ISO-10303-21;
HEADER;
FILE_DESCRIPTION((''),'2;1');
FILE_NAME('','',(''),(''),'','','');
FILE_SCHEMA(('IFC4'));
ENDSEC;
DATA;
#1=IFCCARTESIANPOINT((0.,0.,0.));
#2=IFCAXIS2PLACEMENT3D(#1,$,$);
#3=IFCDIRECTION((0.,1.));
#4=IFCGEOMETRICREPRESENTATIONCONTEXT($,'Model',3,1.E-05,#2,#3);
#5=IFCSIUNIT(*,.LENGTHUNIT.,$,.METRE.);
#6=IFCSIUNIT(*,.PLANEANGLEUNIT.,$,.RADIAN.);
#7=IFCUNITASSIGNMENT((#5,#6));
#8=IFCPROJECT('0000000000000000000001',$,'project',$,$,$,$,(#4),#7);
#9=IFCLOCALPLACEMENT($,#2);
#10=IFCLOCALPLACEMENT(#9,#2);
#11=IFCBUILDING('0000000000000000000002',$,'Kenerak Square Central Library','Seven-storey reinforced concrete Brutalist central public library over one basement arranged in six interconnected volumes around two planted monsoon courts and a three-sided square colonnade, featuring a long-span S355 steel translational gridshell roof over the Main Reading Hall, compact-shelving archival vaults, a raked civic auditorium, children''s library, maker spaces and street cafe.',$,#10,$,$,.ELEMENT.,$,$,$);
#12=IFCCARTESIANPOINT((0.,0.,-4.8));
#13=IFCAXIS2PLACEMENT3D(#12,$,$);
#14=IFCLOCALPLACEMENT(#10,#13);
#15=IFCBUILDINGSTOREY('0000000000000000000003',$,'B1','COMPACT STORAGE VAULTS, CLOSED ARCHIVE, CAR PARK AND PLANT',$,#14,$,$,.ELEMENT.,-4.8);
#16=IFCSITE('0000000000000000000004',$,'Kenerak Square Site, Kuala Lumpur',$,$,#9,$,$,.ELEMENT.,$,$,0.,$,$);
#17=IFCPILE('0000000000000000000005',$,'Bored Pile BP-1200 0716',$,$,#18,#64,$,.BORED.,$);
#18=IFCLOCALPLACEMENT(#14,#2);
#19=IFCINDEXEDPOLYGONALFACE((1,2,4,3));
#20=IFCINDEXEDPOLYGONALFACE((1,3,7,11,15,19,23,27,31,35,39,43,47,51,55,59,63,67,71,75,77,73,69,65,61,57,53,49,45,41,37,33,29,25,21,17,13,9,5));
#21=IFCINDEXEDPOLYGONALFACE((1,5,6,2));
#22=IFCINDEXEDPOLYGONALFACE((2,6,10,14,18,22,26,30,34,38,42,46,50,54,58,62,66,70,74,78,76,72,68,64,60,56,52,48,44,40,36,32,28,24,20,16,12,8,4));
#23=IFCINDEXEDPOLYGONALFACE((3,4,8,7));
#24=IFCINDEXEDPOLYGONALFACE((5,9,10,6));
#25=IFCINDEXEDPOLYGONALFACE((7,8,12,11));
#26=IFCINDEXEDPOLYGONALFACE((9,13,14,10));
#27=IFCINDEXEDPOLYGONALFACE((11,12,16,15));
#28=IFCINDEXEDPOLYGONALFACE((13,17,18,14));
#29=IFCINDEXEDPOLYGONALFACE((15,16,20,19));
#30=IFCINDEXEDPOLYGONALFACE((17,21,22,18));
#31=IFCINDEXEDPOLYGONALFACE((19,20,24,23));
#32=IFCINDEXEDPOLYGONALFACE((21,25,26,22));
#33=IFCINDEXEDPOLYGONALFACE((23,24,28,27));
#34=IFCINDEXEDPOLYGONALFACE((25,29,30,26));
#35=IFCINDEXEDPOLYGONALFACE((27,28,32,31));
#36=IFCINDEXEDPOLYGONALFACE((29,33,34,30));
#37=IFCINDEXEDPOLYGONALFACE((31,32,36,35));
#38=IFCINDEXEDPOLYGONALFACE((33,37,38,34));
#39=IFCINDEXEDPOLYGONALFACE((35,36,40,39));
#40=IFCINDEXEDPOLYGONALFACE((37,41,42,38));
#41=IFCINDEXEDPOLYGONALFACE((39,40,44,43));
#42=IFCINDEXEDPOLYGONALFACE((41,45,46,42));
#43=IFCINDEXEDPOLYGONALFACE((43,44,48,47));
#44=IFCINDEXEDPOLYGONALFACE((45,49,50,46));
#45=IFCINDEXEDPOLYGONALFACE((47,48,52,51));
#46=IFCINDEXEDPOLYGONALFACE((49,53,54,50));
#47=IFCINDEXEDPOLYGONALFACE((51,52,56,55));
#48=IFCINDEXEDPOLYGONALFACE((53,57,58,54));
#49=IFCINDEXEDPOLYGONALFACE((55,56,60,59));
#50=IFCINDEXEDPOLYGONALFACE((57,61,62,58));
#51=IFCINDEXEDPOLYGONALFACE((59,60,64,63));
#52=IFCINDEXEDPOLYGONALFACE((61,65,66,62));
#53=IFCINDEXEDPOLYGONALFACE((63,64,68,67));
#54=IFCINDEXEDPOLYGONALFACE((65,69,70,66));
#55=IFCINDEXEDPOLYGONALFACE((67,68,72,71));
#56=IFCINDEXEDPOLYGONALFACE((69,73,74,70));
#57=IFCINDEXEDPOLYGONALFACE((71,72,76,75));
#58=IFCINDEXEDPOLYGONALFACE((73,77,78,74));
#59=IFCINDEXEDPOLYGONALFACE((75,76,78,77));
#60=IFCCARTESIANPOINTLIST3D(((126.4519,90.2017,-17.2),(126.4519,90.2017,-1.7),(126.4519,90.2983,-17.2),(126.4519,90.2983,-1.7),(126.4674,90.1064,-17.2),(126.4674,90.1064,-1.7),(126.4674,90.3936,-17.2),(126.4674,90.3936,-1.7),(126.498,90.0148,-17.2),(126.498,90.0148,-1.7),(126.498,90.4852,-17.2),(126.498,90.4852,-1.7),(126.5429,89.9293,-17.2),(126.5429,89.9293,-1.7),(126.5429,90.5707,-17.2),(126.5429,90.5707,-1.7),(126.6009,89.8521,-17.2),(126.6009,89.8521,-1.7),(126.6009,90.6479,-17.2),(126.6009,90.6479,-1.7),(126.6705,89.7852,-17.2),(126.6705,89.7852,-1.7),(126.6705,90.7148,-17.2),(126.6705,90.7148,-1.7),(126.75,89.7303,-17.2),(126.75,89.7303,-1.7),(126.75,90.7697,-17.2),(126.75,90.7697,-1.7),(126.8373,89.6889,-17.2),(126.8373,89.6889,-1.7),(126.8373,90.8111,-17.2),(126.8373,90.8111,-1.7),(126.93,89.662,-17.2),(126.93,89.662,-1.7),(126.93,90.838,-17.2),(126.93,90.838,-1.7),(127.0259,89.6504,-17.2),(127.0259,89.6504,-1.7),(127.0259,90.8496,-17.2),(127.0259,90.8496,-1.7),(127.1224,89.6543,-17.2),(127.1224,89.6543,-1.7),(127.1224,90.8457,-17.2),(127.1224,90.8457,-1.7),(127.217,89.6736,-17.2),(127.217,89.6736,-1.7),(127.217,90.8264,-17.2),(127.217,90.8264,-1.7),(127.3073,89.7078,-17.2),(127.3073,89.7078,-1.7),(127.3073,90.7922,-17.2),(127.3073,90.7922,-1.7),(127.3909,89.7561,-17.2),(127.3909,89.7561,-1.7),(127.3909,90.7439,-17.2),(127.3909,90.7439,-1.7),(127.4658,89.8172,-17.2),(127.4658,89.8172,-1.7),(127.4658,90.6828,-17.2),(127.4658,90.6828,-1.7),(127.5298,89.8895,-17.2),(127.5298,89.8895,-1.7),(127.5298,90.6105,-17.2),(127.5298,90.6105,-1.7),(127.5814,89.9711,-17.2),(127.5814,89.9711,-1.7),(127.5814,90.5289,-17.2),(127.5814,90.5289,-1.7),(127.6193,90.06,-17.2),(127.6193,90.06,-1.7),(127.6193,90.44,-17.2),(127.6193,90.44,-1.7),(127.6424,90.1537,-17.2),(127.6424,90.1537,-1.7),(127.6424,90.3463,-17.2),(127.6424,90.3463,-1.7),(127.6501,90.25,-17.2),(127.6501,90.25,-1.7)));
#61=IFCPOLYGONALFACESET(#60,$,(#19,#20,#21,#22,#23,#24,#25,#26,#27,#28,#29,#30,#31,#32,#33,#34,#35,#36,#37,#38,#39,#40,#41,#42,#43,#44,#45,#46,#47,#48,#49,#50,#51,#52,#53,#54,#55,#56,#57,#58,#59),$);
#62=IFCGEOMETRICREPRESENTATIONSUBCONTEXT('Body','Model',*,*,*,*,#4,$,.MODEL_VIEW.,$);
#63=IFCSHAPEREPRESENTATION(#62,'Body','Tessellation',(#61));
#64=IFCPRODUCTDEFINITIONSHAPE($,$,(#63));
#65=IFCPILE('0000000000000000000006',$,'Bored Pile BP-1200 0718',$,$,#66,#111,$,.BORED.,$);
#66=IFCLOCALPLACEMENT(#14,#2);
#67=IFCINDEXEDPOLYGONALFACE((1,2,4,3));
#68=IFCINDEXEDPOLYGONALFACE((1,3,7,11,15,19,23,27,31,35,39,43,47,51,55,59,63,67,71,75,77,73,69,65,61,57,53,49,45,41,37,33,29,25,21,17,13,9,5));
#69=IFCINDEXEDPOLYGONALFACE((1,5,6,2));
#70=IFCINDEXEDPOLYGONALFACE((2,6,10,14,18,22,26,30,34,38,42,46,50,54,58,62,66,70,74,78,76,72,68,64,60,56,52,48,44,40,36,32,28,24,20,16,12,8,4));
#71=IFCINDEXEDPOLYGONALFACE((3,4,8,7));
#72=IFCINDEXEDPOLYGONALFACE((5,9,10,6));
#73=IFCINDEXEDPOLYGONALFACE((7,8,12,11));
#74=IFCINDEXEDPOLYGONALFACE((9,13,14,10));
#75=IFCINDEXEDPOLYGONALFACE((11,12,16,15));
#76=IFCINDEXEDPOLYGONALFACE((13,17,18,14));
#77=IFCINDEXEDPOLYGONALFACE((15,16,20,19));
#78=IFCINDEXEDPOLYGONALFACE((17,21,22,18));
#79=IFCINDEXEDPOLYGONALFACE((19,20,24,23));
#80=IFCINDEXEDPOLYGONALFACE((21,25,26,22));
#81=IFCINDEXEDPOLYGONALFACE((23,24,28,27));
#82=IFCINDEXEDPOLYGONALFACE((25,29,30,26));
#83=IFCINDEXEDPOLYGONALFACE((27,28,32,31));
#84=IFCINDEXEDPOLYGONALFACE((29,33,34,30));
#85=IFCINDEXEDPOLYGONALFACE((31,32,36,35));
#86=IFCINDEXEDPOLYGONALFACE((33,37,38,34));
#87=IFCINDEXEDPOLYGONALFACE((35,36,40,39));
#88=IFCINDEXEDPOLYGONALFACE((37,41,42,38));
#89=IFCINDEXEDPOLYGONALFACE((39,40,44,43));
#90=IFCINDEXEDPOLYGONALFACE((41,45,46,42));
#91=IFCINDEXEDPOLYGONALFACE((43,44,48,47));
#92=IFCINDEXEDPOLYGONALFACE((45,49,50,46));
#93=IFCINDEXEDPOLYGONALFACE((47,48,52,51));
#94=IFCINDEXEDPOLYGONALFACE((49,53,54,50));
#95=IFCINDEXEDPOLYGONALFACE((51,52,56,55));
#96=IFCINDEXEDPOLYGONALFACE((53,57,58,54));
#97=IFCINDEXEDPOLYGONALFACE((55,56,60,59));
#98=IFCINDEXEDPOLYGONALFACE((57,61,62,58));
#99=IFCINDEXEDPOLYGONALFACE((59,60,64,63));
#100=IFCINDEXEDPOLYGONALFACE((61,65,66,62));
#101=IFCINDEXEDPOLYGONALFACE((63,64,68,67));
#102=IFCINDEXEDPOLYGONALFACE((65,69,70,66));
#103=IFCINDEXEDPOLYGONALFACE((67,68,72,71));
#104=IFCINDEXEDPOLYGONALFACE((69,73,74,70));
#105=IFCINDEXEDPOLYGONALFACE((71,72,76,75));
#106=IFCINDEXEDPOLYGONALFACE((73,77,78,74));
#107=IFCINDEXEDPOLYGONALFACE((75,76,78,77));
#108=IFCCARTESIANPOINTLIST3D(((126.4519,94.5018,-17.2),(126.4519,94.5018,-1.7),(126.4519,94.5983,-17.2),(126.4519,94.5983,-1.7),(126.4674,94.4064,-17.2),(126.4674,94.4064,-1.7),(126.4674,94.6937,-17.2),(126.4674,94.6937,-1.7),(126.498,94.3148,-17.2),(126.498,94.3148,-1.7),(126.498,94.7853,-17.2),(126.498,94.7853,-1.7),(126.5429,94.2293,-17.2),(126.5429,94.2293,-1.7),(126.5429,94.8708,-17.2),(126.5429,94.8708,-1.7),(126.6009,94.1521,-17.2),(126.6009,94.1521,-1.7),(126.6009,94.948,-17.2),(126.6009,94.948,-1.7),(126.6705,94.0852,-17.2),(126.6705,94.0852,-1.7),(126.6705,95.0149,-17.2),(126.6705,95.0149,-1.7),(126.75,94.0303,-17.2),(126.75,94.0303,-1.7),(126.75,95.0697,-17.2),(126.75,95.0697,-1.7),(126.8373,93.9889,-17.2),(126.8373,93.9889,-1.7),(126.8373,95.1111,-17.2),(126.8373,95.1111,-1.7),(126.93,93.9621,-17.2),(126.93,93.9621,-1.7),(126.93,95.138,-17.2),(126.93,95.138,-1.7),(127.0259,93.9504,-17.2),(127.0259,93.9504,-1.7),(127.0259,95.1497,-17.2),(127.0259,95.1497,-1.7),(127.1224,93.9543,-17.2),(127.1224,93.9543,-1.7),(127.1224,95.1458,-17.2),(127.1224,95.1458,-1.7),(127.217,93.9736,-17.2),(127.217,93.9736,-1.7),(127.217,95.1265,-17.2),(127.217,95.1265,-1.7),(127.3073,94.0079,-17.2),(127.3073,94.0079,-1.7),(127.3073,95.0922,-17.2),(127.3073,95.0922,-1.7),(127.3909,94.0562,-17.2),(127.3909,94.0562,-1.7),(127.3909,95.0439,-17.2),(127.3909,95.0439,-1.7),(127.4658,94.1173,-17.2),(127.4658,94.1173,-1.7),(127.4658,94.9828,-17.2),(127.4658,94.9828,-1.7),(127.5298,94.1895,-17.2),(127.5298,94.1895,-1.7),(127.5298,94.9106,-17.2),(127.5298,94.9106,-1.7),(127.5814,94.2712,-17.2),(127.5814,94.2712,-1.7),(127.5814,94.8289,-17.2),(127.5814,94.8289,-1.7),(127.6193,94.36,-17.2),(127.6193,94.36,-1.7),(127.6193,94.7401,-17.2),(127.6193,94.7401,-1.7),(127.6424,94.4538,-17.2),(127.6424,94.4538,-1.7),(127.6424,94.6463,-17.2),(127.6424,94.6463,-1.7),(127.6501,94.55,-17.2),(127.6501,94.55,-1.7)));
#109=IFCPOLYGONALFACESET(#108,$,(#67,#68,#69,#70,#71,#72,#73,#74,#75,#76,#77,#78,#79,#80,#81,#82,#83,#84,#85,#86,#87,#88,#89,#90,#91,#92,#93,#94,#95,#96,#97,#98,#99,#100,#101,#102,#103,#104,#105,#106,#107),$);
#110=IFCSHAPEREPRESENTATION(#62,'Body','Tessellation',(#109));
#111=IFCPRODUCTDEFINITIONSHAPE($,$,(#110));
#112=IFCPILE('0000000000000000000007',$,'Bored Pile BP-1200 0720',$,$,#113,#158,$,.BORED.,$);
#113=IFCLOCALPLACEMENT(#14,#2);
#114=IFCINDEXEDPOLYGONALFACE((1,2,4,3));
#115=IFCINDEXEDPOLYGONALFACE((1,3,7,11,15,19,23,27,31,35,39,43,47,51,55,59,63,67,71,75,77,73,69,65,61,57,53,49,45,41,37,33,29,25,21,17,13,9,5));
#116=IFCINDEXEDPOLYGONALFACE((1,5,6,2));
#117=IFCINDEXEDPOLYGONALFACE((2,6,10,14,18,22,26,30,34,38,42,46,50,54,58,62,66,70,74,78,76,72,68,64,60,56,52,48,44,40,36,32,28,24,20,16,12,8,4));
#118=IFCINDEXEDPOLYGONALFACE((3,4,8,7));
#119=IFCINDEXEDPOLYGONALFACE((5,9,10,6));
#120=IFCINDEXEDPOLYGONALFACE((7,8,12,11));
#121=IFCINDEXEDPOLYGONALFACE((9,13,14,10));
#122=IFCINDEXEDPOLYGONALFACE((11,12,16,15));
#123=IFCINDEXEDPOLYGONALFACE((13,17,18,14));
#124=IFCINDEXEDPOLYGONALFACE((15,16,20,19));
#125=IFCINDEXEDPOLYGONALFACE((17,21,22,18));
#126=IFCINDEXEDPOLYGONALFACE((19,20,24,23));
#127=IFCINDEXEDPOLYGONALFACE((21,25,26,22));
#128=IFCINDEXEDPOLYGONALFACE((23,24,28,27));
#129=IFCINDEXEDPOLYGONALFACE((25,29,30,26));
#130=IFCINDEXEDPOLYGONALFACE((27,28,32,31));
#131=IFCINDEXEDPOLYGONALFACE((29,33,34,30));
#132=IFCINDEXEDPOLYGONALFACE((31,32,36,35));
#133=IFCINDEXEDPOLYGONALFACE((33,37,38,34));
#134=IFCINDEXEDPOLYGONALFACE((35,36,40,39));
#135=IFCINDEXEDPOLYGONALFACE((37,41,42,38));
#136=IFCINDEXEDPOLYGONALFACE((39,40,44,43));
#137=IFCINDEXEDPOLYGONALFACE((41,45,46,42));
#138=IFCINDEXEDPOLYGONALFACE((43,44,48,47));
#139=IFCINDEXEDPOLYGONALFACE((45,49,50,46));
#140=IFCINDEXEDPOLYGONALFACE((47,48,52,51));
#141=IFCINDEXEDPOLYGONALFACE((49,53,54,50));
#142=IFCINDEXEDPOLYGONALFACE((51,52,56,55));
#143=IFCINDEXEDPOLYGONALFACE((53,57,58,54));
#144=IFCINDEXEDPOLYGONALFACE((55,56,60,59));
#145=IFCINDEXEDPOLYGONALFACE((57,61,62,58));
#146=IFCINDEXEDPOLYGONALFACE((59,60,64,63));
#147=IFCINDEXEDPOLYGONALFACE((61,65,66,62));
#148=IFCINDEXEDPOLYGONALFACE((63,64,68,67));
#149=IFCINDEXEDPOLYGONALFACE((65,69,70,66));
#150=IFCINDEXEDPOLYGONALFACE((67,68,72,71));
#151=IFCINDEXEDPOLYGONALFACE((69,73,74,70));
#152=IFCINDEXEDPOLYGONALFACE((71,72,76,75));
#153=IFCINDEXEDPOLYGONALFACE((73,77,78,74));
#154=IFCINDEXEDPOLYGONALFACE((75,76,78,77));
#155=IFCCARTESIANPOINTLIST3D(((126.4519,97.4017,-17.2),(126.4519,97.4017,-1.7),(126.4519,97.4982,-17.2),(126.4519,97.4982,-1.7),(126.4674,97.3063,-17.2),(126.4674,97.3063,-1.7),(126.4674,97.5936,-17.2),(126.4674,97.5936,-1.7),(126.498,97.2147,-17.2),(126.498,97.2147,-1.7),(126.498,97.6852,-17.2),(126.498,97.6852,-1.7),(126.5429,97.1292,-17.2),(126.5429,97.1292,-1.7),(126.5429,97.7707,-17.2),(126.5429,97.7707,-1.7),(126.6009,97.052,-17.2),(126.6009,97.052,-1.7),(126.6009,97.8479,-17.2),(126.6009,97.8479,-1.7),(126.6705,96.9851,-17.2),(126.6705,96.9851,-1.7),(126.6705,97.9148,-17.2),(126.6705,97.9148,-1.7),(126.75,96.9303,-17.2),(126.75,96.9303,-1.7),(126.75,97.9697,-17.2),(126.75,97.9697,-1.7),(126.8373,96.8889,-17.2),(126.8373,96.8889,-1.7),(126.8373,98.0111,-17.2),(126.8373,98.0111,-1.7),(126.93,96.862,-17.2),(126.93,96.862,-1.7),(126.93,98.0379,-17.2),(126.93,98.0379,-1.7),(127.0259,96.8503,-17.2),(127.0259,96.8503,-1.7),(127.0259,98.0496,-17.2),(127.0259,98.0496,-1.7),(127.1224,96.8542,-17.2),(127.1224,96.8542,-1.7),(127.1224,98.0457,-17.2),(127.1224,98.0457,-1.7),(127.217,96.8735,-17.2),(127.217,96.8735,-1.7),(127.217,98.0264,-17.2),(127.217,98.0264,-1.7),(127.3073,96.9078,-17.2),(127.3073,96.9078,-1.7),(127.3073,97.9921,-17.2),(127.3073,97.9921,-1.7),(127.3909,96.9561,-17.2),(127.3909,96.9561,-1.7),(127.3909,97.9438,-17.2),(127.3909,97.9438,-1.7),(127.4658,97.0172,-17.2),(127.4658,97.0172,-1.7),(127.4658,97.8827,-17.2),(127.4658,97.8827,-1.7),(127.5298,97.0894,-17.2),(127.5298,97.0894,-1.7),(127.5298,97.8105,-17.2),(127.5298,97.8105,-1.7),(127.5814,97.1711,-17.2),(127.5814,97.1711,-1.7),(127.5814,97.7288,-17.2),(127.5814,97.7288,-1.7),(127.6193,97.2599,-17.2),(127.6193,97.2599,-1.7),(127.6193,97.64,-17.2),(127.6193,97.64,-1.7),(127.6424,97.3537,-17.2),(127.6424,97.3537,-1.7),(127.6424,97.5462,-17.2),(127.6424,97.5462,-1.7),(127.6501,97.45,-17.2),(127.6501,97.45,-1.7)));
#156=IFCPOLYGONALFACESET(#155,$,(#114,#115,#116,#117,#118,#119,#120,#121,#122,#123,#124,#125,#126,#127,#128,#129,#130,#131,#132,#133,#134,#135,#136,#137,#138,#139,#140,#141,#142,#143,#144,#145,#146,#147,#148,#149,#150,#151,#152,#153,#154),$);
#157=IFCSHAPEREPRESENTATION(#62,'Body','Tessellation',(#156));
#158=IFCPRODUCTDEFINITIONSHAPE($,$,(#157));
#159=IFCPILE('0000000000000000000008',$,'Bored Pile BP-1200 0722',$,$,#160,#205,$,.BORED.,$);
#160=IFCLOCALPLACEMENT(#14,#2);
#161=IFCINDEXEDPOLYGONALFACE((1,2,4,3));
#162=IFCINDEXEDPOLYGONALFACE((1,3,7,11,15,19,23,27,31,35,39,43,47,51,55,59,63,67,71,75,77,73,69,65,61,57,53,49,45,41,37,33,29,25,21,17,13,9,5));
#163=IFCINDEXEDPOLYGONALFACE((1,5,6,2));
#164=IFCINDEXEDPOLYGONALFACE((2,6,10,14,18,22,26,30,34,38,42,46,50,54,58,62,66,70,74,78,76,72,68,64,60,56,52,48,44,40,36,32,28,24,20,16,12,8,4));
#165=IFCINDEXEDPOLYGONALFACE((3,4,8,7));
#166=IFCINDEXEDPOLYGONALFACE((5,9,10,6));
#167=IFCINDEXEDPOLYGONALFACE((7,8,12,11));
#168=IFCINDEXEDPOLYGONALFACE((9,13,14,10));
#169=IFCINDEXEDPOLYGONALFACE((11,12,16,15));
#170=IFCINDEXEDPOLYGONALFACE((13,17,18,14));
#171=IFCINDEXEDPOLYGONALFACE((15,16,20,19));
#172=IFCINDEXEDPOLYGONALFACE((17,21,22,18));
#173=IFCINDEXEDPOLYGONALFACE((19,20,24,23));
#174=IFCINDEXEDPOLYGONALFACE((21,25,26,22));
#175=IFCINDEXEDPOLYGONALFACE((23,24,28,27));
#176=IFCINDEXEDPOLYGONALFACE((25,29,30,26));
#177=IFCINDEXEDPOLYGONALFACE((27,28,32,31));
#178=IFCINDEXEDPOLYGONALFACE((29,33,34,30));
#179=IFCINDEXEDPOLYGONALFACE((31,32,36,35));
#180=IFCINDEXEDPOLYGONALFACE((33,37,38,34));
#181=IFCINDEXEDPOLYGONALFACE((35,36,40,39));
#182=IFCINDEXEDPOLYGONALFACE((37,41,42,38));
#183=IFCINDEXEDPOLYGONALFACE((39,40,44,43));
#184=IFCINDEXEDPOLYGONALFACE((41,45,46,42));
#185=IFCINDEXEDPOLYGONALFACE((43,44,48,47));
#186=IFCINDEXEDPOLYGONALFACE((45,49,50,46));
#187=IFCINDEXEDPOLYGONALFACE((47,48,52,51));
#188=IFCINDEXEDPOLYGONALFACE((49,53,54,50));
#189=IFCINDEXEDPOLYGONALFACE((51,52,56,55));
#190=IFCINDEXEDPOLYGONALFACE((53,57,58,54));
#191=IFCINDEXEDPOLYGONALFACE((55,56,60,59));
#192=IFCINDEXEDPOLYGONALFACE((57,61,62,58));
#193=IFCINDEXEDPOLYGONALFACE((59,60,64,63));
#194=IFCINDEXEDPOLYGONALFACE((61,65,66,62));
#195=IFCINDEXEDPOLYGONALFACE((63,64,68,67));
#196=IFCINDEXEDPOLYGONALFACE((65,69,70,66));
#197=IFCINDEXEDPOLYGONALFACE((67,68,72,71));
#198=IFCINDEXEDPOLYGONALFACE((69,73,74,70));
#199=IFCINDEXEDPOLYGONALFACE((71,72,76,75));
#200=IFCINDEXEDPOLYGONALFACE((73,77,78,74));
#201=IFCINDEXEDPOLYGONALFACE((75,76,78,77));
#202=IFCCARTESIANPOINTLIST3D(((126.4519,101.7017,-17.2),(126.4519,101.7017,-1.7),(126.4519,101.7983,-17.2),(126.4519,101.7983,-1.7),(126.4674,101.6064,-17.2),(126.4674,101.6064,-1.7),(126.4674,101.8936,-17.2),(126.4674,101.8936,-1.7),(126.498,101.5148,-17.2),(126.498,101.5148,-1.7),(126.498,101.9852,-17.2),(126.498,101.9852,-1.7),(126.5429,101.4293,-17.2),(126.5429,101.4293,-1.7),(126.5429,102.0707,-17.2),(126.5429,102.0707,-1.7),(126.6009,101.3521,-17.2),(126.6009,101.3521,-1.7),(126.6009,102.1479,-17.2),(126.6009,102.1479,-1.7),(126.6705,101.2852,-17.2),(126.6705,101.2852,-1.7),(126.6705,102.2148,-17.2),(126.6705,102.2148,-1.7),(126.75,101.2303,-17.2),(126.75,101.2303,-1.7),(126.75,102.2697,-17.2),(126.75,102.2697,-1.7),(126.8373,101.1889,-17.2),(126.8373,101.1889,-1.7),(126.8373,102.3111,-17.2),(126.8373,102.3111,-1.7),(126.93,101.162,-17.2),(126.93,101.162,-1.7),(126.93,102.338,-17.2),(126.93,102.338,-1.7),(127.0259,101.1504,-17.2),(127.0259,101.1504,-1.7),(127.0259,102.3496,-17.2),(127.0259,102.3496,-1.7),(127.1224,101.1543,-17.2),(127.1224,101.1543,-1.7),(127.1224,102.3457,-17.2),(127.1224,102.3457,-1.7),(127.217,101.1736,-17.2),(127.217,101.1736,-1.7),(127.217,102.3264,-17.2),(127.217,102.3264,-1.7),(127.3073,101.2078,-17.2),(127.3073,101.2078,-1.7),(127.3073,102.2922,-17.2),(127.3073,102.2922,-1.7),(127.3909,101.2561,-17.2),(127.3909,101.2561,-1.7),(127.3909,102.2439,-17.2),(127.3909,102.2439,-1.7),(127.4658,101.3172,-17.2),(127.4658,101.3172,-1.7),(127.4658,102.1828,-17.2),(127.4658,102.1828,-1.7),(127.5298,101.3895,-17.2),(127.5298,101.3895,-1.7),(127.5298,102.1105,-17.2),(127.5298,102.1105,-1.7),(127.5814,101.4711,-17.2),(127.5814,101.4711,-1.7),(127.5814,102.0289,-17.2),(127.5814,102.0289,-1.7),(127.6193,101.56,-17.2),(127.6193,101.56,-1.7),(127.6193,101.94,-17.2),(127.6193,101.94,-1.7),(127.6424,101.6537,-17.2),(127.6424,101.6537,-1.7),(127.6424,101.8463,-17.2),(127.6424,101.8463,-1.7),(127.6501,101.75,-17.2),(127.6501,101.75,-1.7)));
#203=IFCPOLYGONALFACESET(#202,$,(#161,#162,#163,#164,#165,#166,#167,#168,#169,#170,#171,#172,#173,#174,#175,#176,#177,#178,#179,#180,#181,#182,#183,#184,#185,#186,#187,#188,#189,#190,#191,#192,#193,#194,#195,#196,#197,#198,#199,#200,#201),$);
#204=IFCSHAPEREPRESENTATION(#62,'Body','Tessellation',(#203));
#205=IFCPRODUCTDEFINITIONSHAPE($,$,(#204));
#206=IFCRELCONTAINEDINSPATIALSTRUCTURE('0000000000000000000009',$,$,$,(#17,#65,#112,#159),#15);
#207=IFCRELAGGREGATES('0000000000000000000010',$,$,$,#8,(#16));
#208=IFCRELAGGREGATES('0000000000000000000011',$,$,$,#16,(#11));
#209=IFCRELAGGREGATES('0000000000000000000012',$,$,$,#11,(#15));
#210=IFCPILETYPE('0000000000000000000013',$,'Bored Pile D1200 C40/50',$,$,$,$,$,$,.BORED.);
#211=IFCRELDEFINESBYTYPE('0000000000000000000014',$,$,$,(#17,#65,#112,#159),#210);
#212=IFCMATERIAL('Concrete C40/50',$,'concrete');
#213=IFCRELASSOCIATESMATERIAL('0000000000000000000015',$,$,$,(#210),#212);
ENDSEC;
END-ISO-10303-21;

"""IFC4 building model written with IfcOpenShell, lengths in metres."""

from ifc_helpers import new_model, si_unit, direction, frame, origin, origin_2d, place, context, subcontext, project, spatial, circle, extrude, material, material_profile, profile_set, type_object, element, save


model = new_model("IFC4")

# Units and contexts
model_context = context("Model", 3, precision=1e-05, world=origin(), true_north=direction((0.0, 1.0)))
body_context = subcontext(model_context, "Body", "Model", "MODEL_VIEW")
ifc_project = project(units=[si_unit("LENGTHUNIT", "METRE"), si_unit("PLANEANGLEUNIT", "RADIAN")], contexts=[model_context])

# Site, building, storey
site_placement = place(None, origin())
site = spatial("IfcSite", under=ifc_project, at=site_placement, Name="Kenerak Square Site, Kuala Lumpur", CompositionType="ELEMENT", RefElevation=0.0)
building_placement = place(site_placement, origin())
building = spatial("IfcBuilding", under=site, at=building_placement, Name="Kenerak Square Central Library", Description="Seven-storey reinforced concrete Brutalist central public library over one basement arranged in six interconnected volumes around two planted monsoon courts and a three-sided square colonnade, featuring a long-span S355 steel translational gridshell roof over the Main Reading Hall, compact-shelving archival vaults, a raked civic auditorium, children's library, maker spaces and street cafe.", CompositionType="ELEMENT")
storey_placement = place(building_placement, frame((0.0, 0.0, -4.8)))
storey = spatial("IfcBuildingStorey", under=building, at=storey_placement, Name="B1", Description="COMPACT STORAGE VAULTS, CLOSED ARCHIVE, CAR PARK AND PLANT", CompositionType="ELEMENT", Elevation=-4.8)

# Piles
ifc_material_1 = material(Name="Concrete C40/50", Category="concrete")
ifc_material_profile_1 = material_profile(ifc_material_1, circle(Radius=0.6001, at=origin_2d()), Name="BP D1200")
ifc_profile_set_1 = profile_set([ifc_material_profile_1], Name="Concrete C40/50")
pile_type_1 = type_object("IfcPileType", Name="Bored Pile D1200 C40/50", PredefinedType="BORED", material=ifc_profile_set_1)
for number, where, z_axis, x_axis, name in (
    (1, (127.05, 90.25, -1.7), (0.0, 0.0, -1.0), (1.0, 0.0, 0.0), "Bored Pile BP-1200 0716"),
    (2, (127.05, 94.55, -1.7), (0.0, 0.0, -1.0), (1.0, 0.0, 0.0), "Bored Pile BP-1200 0718"),
    (3, (127.05, 97.45, -1.7), (0.0, 0.0, -1.0), (1.0, 0.0, 0.0), "Bored Pile BP-1200 0720"),
    (4, (127.05, 101.75, -1.7), (0.0, 0.0, -1.0), (1.0, 0.0, 0.0), "Bored Pile BP-1200 0722"),
):
    element("IfcPile", number, at=place(storey_placement, frame(where, z_axis=z_axis, x_axis=x_axis)), inside=storey, type_object=pile_type_1, Name=name, PredefinedType="BORED", context=body_context, shape_type="SweptSolid", body=[
        extrude(circle(Radius=0.6001, at=origin_2d()), origin(), (0.0, 0.0, 1.0), 15.5),
    ])

save(model, "model.ifc")
